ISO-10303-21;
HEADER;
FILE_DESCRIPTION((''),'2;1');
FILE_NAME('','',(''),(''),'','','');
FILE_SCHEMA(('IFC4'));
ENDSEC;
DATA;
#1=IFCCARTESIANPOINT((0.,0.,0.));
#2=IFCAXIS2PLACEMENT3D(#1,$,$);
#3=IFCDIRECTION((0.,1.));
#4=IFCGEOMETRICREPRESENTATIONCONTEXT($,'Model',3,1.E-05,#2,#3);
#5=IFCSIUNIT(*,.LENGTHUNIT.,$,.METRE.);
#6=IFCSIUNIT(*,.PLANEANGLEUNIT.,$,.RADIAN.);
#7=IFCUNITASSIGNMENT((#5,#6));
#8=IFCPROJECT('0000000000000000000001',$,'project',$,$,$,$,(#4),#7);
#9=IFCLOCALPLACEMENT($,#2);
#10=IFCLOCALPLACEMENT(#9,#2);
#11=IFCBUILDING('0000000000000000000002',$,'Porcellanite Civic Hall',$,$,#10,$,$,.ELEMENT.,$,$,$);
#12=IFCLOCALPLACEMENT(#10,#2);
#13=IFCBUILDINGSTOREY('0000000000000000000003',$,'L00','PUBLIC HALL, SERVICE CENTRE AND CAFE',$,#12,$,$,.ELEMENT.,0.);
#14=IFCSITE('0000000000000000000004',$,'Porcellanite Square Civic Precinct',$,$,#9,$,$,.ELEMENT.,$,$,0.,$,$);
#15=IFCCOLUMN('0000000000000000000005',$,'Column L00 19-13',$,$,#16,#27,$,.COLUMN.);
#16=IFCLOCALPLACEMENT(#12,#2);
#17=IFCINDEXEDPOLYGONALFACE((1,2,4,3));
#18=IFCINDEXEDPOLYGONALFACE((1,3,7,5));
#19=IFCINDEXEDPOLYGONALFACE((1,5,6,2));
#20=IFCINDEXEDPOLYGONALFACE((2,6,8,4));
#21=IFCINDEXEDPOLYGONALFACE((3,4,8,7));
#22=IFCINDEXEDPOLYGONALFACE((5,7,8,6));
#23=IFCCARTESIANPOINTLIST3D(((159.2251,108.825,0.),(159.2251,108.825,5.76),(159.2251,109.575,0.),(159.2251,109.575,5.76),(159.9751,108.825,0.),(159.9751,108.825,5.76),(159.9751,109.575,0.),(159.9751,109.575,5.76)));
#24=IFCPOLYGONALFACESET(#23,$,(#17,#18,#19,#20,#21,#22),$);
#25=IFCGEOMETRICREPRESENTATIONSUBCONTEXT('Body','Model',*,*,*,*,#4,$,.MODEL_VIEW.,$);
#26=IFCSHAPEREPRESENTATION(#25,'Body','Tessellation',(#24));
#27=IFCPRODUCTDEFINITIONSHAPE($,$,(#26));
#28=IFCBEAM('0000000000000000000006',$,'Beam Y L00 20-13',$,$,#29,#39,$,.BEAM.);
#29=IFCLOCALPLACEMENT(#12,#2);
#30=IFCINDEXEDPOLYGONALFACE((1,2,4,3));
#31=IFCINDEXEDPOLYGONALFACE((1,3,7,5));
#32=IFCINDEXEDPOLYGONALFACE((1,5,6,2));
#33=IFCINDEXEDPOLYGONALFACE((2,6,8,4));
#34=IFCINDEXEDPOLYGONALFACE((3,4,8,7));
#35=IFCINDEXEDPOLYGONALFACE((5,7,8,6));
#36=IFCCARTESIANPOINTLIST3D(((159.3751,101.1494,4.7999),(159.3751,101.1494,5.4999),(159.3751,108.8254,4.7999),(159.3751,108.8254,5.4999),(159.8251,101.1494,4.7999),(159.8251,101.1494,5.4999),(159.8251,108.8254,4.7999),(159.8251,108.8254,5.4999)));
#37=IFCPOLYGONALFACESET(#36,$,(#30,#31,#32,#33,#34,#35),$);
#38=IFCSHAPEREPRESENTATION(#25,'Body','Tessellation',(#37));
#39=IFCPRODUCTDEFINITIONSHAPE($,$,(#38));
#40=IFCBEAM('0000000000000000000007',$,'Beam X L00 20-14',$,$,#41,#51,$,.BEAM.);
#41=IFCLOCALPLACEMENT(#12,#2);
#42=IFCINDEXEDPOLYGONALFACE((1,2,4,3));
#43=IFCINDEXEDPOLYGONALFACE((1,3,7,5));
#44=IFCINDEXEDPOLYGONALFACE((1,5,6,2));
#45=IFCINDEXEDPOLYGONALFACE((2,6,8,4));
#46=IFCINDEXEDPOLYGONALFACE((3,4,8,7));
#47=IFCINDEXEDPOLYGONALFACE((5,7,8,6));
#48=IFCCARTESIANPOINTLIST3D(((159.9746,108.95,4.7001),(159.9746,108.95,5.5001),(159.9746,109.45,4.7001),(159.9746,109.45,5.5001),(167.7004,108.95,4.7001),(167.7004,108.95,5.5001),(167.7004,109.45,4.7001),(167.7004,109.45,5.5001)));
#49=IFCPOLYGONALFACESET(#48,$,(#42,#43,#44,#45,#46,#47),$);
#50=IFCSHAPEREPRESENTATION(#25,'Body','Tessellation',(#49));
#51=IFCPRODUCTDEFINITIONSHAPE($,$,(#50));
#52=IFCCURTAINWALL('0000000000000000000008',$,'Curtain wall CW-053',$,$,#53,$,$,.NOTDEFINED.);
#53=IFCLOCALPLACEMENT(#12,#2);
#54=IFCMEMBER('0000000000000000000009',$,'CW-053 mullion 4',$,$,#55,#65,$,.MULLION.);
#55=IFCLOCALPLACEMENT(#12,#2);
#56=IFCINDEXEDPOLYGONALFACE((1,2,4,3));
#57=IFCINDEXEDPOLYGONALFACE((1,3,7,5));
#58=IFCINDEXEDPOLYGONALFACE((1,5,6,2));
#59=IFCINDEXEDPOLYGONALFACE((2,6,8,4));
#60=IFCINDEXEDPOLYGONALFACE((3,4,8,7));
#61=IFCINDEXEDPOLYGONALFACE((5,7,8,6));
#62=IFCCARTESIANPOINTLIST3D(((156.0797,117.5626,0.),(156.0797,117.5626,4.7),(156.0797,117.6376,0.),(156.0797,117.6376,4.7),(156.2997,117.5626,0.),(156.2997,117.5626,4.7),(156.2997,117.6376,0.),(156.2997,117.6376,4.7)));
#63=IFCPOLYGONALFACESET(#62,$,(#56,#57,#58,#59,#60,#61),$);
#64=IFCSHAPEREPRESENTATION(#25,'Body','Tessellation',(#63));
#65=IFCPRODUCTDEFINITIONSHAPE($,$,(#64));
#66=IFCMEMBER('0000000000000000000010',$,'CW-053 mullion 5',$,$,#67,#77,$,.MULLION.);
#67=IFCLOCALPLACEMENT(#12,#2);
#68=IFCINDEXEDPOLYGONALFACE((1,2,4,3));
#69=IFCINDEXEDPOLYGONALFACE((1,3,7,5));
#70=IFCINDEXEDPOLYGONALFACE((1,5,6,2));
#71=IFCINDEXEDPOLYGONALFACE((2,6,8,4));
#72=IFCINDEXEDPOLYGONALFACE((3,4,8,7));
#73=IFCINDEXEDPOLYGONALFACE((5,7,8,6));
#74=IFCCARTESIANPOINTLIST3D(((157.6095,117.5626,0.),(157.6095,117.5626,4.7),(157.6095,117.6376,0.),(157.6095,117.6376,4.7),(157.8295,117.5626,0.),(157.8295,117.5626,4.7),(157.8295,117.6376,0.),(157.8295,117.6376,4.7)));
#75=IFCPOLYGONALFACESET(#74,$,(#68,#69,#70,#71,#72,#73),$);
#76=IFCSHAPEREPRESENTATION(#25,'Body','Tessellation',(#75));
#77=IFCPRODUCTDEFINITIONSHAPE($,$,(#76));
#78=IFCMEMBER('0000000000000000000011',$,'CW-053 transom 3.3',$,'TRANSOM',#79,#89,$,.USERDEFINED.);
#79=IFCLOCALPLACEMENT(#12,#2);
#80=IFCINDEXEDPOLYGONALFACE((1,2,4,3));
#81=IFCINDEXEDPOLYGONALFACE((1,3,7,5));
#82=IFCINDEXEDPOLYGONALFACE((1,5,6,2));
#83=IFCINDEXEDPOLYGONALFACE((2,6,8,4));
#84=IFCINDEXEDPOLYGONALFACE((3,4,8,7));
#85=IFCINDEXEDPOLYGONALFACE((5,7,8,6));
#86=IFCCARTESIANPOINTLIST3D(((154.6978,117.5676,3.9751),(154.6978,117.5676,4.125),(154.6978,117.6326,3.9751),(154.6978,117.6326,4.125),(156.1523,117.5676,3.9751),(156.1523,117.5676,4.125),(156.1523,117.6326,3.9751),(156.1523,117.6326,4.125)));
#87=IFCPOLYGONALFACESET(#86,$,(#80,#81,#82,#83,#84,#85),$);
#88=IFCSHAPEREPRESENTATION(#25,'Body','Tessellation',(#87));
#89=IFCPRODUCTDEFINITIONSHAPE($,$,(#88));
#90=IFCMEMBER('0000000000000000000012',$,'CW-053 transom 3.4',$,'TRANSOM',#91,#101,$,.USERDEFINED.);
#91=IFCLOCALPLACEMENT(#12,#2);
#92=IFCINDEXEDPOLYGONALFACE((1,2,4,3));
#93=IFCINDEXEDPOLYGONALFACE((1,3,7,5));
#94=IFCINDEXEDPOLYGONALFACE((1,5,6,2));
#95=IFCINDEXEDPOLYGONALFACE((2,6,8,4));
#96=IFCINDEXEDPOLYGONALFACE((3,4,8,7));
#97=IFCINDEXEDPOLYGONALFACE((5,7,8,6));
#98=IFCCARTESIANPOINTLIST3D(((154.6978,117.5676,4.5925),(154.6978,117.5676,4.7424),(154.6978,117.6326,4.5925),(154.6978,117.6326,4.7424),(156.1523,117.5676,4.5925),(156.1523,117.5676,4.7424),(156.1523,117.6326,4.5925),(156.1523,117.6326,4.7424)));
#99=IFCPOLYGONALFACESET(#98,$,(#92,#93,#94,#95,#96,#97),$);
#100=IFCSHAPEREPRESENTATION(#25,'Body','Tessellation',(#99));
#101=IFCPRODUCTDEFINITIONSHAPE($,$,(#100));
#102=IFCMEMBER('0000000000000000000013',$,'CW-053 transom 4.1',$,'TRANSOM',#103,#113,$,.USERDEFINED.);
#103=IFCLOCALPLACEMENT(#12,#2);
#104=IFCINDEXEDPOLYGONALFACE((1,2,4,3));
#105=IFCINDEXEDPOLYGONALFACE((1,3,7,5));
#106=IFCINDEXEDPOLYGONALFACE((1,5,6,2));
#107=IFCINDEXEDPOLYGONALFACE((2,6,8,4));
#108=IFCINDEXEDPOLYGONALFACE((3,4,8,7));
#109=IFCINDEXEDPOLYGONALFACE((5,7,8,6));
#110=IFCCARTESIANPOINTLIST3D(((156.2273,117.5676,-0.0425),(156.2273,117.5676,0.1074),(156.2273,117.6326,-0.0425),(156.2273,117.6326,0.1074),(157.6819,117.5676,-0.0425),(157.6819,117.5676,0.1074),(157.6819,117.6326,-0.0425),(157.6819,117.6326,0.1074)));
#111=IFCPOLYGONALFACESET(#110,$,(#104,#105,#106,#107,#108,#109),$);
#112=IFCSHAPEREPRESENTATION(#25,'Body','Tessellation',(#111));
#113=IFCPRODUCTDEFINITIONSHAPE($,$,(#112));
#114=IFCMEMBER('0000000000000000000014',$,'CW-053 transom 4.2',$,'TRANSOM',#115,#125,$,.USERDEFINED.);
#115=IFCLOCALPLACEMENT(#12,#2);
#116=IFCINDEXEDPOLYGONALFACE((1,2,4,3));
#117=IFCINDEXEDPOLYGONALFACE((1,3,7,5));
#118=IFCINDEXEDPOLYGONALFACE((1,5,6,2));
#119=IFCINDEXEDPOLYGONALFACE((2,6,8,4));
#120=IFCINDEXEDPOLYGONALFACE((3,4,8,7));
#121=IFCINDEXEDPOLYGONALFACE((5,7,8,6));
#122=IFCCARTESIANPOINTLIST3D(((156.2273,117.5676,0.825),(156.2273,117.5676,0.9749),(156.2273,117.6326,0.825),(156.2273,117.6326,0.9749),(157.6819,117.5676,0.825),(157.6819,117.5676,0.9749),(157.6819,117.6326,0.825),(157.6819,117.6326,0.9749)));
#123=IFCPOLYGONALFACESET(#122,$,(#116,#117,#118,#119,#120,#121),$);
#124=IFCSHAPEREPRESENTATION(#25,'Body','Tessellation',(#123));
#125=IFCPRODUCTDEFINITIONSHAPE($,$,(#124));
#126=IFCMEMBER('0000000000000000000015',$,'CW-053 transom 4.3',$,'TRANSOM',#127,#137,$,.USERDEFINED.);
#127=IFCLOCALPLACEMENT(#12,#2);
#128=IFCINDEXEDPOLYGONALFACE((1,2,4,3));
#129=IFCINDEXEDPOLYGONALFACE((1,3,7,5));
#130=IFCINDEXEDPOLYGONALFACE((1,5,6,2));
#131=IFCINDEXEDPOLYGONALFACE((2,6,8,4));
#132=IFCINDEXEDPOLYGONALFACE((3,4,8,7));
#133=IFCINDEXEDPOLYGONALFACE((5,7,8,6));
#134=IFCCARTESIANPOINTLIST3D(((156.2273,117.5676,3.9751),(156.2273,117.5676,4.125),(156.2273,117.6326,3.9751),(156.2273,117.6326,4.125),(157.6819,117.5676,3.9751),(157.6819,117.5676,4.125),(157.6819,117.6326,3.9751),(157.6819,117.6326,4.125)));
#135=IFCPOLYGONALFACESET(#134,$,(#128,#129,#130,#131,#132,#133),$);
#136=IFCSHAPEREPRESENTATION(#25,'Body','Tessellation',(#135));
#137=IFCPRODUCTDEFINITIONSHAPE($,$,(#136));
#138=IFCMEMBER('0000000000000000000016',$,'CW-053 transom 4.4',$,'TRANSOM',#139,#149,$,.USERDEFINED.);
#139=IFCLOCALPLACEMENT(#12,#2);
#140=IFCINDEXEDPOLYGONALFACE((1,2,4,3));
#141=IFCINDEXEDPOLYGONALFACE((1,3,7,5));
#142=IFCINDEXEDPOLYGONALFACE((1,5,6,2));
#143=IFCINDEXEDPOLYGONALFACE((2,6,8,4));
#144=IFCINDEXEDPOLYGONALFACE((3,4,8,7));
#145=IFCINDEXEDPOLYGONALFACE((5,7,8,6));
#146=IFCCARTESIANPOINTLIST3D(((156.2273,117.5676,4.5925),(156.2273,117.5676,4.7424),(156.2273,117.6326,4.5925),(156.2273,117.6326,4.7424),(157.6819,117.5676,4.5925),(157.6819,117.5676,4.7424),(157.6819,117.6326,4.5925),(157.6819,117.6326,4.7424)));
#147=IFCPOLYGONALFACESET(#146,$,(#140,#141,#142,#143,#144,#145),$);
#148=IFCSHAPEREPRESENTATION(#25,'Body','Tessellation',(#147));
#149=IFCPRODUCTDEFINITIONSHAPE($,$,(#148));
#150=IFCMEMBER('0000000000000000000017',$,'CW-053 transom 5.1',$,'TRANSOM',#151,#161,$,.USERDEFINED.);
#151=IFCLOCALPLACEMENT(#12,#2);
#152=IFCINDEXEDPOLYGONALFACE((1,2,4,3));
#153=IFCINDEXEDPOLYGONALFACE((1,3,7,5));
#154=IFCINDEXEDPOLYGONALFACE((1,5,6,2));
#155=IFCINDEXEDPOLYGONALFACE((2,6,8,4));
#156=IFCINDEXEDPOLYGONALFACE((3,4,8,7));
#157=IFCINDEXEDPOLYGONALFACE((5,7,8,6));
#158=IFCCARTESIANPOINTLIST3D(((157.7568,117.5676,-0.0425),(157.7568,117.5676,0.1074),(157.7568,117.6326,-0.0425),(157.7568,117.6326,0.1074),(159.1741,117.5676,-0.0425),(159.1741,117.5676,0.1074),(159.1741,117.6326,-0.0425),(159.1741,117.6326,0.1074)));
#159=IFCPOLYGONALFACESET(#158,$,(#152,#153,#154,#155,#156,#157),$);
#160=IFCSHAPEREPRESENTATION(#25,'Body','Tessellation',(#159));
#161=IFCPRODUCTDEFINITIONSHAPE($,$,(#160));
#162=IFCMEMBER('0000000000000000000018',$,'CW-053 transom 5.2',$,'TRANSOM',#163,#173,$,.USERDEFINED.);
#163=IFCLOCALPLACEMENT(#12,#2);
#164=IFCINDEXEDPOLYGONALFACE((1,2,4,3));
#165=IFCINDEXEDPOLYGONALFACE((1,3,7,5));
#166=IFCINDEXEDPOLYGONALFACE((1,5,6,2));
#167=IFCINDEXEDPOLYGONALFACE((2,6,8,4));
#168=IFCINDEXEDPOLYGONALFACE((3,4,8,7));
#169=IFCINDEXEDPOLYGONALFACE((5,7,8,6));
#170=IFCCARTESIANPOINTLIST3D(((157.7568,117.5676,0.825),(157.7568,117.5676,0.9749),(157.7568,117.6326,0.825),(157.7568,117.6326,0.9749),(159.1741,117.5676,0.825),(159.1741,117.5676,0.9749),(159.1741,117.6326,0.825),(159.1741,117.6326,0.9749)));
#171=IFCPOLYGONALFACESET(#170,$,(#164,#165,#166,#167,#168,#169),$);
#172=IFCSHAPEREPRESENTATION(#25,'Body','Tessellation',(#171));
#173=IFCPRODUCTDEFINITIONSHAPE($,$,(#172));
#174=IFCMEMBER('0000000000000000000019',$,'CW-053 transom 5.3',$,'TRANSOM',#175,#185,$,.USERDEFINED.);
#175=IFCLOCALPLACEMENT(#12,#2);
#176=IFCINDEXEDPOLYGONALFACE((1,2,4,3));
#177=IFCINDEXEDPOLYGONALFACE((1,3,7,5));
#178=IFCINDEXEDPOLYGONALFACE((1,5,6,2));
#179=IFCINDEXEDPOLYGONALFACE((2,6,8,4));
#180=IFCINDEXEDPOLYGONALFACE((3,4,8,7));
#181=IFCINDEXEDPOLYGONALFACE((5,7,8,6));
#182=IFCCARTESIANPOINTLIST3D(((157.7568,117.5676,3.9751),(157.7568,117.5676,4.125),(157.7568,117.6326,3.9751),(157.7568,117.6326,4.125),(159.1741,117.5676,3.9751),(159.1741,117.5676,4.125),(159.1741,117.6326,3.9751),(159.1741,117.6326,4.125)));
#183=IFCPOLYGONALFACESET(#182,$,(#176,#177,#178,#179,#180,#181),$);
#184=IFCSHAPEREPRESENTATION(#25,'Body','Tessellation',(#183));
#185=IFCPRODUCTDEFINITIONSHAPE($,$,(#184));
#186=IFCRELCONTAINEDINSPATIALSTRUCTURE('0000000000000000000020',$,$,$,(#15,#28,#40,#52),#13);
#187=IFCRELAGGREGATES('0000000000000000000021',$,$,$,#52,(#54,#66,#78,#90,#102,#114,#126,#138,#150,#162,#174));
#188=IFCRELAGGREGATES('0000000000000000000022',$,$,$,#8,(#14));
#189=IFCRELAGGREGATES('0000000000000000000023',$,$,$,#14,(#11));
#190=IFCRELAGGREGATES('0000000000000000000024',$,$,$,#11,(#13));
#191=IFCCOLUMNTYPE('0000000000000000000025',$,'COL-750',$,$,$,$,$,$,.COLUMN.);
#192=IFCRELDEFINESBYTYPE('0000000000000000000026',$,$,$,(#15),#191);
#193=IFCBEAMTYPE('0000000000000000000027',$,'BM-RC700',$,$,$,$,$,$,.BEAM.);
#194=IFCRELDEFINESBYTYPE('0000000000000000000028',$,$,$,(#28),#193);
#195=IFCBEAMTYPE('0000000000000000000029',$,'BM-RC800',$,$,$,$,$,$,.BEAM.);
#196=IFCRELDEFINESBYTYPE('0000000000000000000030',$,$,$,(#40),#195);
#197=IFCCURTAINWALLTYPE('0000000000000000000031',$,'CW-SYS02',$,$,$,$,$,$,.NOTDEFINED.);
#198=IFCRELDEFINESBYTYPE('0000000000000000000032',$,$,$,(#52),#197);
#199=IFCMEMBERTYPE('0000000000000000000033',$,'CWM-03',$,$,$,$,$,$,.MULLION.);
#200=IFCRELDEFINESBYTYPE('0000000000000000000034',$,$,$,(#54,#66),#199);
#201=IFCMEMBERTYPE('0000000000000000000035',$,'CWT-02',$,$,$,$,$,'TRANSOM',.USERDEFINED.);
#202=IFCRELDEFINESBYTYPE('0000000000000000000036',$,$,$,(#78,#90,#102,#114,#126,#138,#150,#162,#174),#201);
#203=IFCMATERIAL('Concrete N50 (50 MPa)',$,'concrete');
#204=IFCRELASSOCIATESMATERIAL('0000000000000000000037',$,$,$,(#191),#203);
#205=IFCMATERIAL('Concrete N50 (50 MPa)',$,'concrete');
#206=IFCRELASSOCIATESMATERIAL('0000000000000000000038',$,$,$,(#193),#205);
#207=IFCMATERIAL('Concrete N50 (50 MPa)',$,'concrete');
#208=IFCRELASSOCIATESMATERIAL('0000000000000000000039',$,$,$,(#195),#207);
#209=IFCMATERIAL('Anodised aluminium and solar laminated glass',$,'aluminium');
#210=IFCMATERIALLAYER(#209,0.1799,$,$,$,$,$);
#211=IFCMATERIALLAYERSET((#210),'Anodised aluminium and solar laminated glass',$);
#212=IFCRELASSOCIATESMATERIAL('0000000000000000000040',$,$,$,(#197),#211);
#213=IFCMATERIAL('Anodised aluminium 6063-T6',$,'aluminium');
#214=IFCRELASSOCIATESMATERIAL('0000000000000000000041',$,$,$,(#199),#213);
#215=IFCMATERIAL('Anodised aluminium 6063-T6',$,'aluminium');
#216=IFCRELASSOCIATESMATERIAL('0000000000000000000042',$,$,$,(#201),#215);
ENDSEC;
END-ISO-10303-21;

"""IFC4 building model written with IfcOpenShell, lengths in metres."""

from ifc_helpers import new_model, si_unit, direction, frame, origin, origin_2d, place, context, subcontext, project, spatial, rectangle, extrude, material, layer, layer_set, material_profile, profile_set, type_object, element, aggregate, save


model = new_model("IFC4")

# Units and contexts
model_context = context("Model", 3, precision=1e-05, world=origin(), true_north=direction((0.0, 1.0)))
body_context = subcontext(model_context, "Body", "Model", "MODEL_VIEW")
ifc_project = project(units=[si_unit("LENGTHUNIT", "METRE"), si_unit("PLANEANGLEUNIT", "RADIAN")], contexts=[model_context])

# Site, building, storey
site_placement = place(None, origin())
site = spatial("IfcSite", under=ifc_project, at=site_placement, Name="Porcellanite Square Civic Precinct", CompositionType="ELEMENT", RefElevation=0.0)
building_placement = place(site_placement, origin())
building = spatial("IfcBuilding", under=site, at=building_placement, Name="Porcellanite Civic Hall", CompositionType="ELEMENT")
storey_placement = place(building_placement, origin())
storey = spatial("IfcBuildingStorey", under=building, at=storey_placement, Name="L00", Description="PUBLIC HALL, SERVICE CENTRE AND CAFE", CompositionType="ELEMENT", Elevation=0.0)

# Column
ifc_material_1 = material(Name="Concrete N50 (50 MPa)", Category="concrete")
ifc_material_profile_1 = material_profile(ifc_material_1, rectangle(XDim=0.75, YDim=0.75, at=origin_2d()), Name="RC-750x750")
ifc_profile_set_1 = profile_set([ifc_material_profile_1], Name="Concrete N50 (50 MPa)")
column_type = type_object("IfcColumnType", Name="COL-750", PredefinedType="COLUMN", material=ifc_profile_set_1)
column_placement = place(storey_placement, frame((159.6001, 109.2, 0.0), z_axis=(0.0, 0.0, 1.0), x_axis=(1.0, 0.0, 0.0)))
element("IfcColumn", 1, at=column_placement, inside=storey, type_object=column_type, Name="Column L00 19-13", PredefinedType="COLUMN", context=body_context, shape_type="SweptSolid", body=[
    extrude(rectangle(XDim=0.75, YDim=0.75, at=origin_2d()), origin(), (0.0, 0.0, 1.0), 5.76),
])

# Beams
ifc_material_2 = material(Name="Concrete N50 (50 MPa)", Category="concrete")
ifc_material_profile_2 = material_profile(ifc_material_2, rectangle(XDim=0.45, YDim=0.7, at=origin_2d()), Name="RC-450x700")
ifc_profile_set_2 = profile_set([ifc_material_profile_2], Name="Concrete N50 (50 MPa)")
beam_type_1 = type_object("IfcBeamType", Name="BM-RC700", PredefinedType="BEAM", material=ifc_profile_set_2)
beam_1_placement = place(storey_placement, frame((159.6001, 101.1494, 5.1499), z_axis=(0.0, 1.0, 0.0), x_axis=(-1.0, 0.0, 0.0)))
element("IfcBeam", 2, at=beam_1_placement, inside=storey, type_object=beam_type_1, Name="Beam Y L00 20-13", PredefinedType="BEAM", context=body_context, shape_type="SweptSolid", body=[
    extrude(rectangle(XDim=0.45, YDim=0.7, at=origin_2d()), origin(), (0.0, 0.0, 1.0), 7.676),
])
ifc_material_3 = material(Name="Concrete N50 (50 MPa)", Category="concrete")
ifc_material_profile_3 = material_profile(ifc_material_3, rectangle(XDim=0.5, YDim=0.8, at=origin_2d()), Name="RC-500x800")
ifc_profile_set_3 = profile_set([ifc_material_profile_3], Name="Concrete N50 (50 MPa)")
beam_type_2 = type_object("IfcBeamType", Name="BM-RC800", PredefinedType="BEAM", material=ifc_profile_set_3)
beam_2_placement = place(storey_placement, frame((159.9746, 109.2, 5.1001), z_axis=(1.0, 0.0, 0.0), x_axis=(0.0, 1.0, 0.0)))
element("IfcBeam", 3, at=beam_2_placement, inside=storey, type_object=beam_type_2, Name="Beam X L00 20-14", PredefinedType="BEAM", context=body_context, shape_type="SweptSolid", body=[
    extrude(rectangle(XDim=0.5, YDim=0.8, at=origin_2d()), origin(), (0.0, 0.0, 1.0), 7.7258),
])

# Curtain wall, members
ifc_material_4 = material(Name="Anodised aluminium and solar laminated glass", Category="aluminium")
ifc_layer_1 = layer(ifc_material_4, 0.1799)
ifc_layer_set_1 = layer_set([ifc_layer_1], Name="Anodised aluminium and solar laminated glass")
curtain_wall_type = type_object("IfcCurtainWallType", Name="CW-SYS02", PredefinedType="NOTDEFINED", material=ifc_layer_set_1)
curtain_wall_placement = place(storey_placement, origin())
curtain_wall = element("IfcCurtainWall", 4, at=curtain_wall_placement, inside=storey, type_object=curtain_wall_type, Name="Curtain wall CW-053", PredefinedType="NOTDEFINED")
ifc_material_5 = material(Name="Anodised aluminium 6063-T6", Category="aluminium")
ifc_material_profile_4 = material_profile(ifc_material_5, rectangle(XDim=0.075, YDim=0.22, at=origin_2d()), Name="AL-75x220")
ifc_profile_set_4 = profile_set([ifc_material_profile_4], Name="Anodised aluminium 6063-T6")
member_type_1 = type_object("IfcMemberType", Name="CWM-03", PredefinedType="MULLION", material=ifc_profile_set_4)
member_1_placement = place(storey_placement, frame((156.1897, 117.6001, 0.0), z_axis=(0.0, 0.0, 1.0), x_axis=(0.0, 1.0, 0.0)))
member_1 = element("IfcMember", 5, at=member_1_placement, type_object=member_type_1, Name="CW-053 mullion 4", PredefinedType="MULLION", context=body_context, shape_type="SweptSolid", body=[
    extrude(rectangle(XDim=0.075, YDim=0.22, at=origin_2d()), origin(), (0.0, 0.0, 1.0), 4.7),
])
member_2_placement = place(storey_placement, frame((157.7195, 117.6001, 0.0), z_axis=(0.0, 0.0, 1.0), x_axis=(0.0, 1.0, 0.0)))
member_2 = element("IfcMember", 6, at=member_2_placement, type_object=member_type_1, Name="CW-053 mullion 5", PredefinedType="MULLION", context=body_context, shape_type="SweptSolid", body=[
    extrude(rectangle(XDim=0.075, YDim=0.22, at=origin_2d()), origin(), (0.0, 0.0, 1.0), 4.7),
])
ifc_material_6 = material(Name="Anodised aluminium 6063-T6", Category="aluminium")
ifc_material_profile_5 = material_profile(ifc_material_6, rectangle(XDim=0.0649, YDim=0.1499, at=origin_2d()), Name="AL-65x150")
ifc_profile_set_5 = profile_set([ifc_material_profile_5], Name="Anodised aluminium 6063-T6")
member_type_2 = type_object("IfcMemberType", Name="CWT-02", ElementType="TRANSOM", PredefinedType="USERDEFINED", material=ifc_profile_set_5)
member_3_placement = place(storey_placement, frame((154.6978, 117.6001, 4.05), z_axis=(1.0, 0.0, 0.0), x_axis=(0.0, 1.0, 0.0)))
member_3 = element("IfcMember", 7, at=member_3_placement, type_object=member_type_2, Name="CW-053 transom 3.3", ObjectType="TRANSOM", PredefinedType="USERDEFINED", context=body_context, shape_type="SweptSolid", body=[
    extrude(rectangle(XDim=0.0649, YDim=0.1499, at=origin_2d()), origin(), (0.0, 0.0, 1.0), 1.4546),
])
member_4_placement = place(storey_placement, frame((154.6978, 117.6001, 4.6675), z_axis=(1.0, 0.0, 0.0), x_axis=(0.0, 1.0, 0.0)))
member_4 = element("IfcMember", 8, at=member_4_placement, type_object=member_type_2, Name="CW-053 transom 3.4", ObjectType="TRANSOM", PredefinedType="USERDEFINED", context=body_context, shape_type="SweptSolid", body=[
    extrude(rectangle(XDim=0.0649, YDim=0.1499, at=origin_2d()), origin(), (0.0, 0.0, 1.0), 1.4546),
])
member_5_placement = place(storey_placement, frame((156.2273, 117.6001, 0.0325), z_axis=(1.0, 0.0, 0.0), x_axis=(0.0, 1.0, 0.0)))
member_5 = element("IfcMember", 9, at=member_5_placement, type_object=member_type_2, Name="CW-053 transom 4.1", ObjectType="TRANSOM", PredefinedType="USERDEFINED", context=body_context, shape_type="SweptSolid", body=[
    extrude(rectangle(XDim=0.0649, YDim=0.1499, at=origin_2d()), origin(), (0.0, 0.0, 1.0), 1.4546),
])
member_6_placement = place(storey_placement, frame((156.2273, 117.6001, 0.8999), z_axis=(1.0, 0.0, 0.0), x_axis=(0.0, 1.0, 0.0)))
member_6 = element("IfcMember", 10, at=member_6_placement, type_object=member_type_2, Name="CW-053 transom 4.2", ObjectType="TRANSOM", PredefinedType="USERDEFINED", context=body_context, shape_type="SweptSolid", body=[
    extrude(rectangle(XDim=0.0649, YDim=0.1499, at=origin_2d()), origin(), (0.0, 0.0, 1.0), 1.4546),
])
member_7_placement = place(storey_placement, frame((156.2273, 117.6001, 4.05), z_axis=(1.0, 0.0, 0.0), x_axis=(0.0, 1.0, 0.0)))
member_7 = element("IfcMember", 11, at=member_7_placement, type_object=member_type_2, Name="CW-053 transom 4.3", ObjectType="TRANSOM", PredefinedType="USERDEFINED", context=body_context, shape_type="SweptSolid", body=[
    extrude(rectangle(XDim=0.0649, YDim=0.1499, at=origin_2d()), origin(), (0.0, 0.0, 1.0), 1.4546),
])
member_8_placement = place(storey_placement, frame((156.2273, 117.6001, 4.6675), z_axis=(1.0, 0.0, 0.0), x_axis=(0.0, 1.0, 0.0)))
member_8 = element("IfcMember", 12, at=member_8_placement, type_object=member_type_2, Name="CW-053 transom 4.4", ObjectType="TRANSOM", PredefinedType="USERDEFINED", context=body_context, shape_type="SweptSolid", body=[
    extrude(rectangle(XDim=0.0649, YDim=0.1499, at=origin_2d()), origin(), (0.0, 0.0, 1.0), 1.4546),
])
member_9_placement = place(storey_placement, frame((157.7568, 117.6001, 0.0325), z_axis=(1.0, 0.0, 0.0), x_axis=(0.0, 1.0, 0.0)))
member_9 = element("IfcMember", 13, at=member_9_placement, type_object=member_type_2, Name="CW-053 transom 5.1", ObjectType="TRANSOM", PredefinedType="USERDEFINED", context=body_context, shape_type="SweptSolid", body=[
    extrude(rectangle(XDim=0.0649, YDim=0.1499, at=origin_2d()), origin(), (0.0, 0.0, 1.0), 1.4172),
])
member_10_placement = place(storey_placement, frame((157.7568, 117.6001, 0.8999), z_axis=(1.0, 0.0, 0.0), x_axis=(0.0, 1.0, 0.0)))
member_10 = element("IfcMember", 14, at=member_10_placement, type_object=member_type_2, Name="CW-053 transom 5.2", ObjectType="TRANSOM", PredefinedType="USERDEFINED", context=body_context, shape_type="SweptSolid", body=[
    extrude(rectangle(XDim=0.0649, YDim=0.1499, at=origin_2d()), origin(), (0.0, 0.0, 1.0), 1.4172),
])
member_11_placement = place(storey_placement, frame((157.7568, 117.6001, 4.05), z_axis=(1.0, 0.0, 0.0), x_axis=(0.0, 1.0, 0.0)))
member_11 = element("IfcMember", 15, at=member_11_placement, type_object=member_type_2, Name="CW-053 transom 5.3", ObjectType="TRANSOM", PredefinedType="USERDEFINED", context=body_context, shape_type="SweptSolid", body=[
    extrude(rectangle(XDim=0.0649, YDim=0.1499, at=origin_2d()), origin(), (0.0, 0.0, 1.0), 1.4172),
])

aggregate(curtain_wall, [member_1, member_2, member_3, member_4, member_5, member_6, member_7, member_8, member_9, member_10, member_11])

save(model, "model.ifc")
